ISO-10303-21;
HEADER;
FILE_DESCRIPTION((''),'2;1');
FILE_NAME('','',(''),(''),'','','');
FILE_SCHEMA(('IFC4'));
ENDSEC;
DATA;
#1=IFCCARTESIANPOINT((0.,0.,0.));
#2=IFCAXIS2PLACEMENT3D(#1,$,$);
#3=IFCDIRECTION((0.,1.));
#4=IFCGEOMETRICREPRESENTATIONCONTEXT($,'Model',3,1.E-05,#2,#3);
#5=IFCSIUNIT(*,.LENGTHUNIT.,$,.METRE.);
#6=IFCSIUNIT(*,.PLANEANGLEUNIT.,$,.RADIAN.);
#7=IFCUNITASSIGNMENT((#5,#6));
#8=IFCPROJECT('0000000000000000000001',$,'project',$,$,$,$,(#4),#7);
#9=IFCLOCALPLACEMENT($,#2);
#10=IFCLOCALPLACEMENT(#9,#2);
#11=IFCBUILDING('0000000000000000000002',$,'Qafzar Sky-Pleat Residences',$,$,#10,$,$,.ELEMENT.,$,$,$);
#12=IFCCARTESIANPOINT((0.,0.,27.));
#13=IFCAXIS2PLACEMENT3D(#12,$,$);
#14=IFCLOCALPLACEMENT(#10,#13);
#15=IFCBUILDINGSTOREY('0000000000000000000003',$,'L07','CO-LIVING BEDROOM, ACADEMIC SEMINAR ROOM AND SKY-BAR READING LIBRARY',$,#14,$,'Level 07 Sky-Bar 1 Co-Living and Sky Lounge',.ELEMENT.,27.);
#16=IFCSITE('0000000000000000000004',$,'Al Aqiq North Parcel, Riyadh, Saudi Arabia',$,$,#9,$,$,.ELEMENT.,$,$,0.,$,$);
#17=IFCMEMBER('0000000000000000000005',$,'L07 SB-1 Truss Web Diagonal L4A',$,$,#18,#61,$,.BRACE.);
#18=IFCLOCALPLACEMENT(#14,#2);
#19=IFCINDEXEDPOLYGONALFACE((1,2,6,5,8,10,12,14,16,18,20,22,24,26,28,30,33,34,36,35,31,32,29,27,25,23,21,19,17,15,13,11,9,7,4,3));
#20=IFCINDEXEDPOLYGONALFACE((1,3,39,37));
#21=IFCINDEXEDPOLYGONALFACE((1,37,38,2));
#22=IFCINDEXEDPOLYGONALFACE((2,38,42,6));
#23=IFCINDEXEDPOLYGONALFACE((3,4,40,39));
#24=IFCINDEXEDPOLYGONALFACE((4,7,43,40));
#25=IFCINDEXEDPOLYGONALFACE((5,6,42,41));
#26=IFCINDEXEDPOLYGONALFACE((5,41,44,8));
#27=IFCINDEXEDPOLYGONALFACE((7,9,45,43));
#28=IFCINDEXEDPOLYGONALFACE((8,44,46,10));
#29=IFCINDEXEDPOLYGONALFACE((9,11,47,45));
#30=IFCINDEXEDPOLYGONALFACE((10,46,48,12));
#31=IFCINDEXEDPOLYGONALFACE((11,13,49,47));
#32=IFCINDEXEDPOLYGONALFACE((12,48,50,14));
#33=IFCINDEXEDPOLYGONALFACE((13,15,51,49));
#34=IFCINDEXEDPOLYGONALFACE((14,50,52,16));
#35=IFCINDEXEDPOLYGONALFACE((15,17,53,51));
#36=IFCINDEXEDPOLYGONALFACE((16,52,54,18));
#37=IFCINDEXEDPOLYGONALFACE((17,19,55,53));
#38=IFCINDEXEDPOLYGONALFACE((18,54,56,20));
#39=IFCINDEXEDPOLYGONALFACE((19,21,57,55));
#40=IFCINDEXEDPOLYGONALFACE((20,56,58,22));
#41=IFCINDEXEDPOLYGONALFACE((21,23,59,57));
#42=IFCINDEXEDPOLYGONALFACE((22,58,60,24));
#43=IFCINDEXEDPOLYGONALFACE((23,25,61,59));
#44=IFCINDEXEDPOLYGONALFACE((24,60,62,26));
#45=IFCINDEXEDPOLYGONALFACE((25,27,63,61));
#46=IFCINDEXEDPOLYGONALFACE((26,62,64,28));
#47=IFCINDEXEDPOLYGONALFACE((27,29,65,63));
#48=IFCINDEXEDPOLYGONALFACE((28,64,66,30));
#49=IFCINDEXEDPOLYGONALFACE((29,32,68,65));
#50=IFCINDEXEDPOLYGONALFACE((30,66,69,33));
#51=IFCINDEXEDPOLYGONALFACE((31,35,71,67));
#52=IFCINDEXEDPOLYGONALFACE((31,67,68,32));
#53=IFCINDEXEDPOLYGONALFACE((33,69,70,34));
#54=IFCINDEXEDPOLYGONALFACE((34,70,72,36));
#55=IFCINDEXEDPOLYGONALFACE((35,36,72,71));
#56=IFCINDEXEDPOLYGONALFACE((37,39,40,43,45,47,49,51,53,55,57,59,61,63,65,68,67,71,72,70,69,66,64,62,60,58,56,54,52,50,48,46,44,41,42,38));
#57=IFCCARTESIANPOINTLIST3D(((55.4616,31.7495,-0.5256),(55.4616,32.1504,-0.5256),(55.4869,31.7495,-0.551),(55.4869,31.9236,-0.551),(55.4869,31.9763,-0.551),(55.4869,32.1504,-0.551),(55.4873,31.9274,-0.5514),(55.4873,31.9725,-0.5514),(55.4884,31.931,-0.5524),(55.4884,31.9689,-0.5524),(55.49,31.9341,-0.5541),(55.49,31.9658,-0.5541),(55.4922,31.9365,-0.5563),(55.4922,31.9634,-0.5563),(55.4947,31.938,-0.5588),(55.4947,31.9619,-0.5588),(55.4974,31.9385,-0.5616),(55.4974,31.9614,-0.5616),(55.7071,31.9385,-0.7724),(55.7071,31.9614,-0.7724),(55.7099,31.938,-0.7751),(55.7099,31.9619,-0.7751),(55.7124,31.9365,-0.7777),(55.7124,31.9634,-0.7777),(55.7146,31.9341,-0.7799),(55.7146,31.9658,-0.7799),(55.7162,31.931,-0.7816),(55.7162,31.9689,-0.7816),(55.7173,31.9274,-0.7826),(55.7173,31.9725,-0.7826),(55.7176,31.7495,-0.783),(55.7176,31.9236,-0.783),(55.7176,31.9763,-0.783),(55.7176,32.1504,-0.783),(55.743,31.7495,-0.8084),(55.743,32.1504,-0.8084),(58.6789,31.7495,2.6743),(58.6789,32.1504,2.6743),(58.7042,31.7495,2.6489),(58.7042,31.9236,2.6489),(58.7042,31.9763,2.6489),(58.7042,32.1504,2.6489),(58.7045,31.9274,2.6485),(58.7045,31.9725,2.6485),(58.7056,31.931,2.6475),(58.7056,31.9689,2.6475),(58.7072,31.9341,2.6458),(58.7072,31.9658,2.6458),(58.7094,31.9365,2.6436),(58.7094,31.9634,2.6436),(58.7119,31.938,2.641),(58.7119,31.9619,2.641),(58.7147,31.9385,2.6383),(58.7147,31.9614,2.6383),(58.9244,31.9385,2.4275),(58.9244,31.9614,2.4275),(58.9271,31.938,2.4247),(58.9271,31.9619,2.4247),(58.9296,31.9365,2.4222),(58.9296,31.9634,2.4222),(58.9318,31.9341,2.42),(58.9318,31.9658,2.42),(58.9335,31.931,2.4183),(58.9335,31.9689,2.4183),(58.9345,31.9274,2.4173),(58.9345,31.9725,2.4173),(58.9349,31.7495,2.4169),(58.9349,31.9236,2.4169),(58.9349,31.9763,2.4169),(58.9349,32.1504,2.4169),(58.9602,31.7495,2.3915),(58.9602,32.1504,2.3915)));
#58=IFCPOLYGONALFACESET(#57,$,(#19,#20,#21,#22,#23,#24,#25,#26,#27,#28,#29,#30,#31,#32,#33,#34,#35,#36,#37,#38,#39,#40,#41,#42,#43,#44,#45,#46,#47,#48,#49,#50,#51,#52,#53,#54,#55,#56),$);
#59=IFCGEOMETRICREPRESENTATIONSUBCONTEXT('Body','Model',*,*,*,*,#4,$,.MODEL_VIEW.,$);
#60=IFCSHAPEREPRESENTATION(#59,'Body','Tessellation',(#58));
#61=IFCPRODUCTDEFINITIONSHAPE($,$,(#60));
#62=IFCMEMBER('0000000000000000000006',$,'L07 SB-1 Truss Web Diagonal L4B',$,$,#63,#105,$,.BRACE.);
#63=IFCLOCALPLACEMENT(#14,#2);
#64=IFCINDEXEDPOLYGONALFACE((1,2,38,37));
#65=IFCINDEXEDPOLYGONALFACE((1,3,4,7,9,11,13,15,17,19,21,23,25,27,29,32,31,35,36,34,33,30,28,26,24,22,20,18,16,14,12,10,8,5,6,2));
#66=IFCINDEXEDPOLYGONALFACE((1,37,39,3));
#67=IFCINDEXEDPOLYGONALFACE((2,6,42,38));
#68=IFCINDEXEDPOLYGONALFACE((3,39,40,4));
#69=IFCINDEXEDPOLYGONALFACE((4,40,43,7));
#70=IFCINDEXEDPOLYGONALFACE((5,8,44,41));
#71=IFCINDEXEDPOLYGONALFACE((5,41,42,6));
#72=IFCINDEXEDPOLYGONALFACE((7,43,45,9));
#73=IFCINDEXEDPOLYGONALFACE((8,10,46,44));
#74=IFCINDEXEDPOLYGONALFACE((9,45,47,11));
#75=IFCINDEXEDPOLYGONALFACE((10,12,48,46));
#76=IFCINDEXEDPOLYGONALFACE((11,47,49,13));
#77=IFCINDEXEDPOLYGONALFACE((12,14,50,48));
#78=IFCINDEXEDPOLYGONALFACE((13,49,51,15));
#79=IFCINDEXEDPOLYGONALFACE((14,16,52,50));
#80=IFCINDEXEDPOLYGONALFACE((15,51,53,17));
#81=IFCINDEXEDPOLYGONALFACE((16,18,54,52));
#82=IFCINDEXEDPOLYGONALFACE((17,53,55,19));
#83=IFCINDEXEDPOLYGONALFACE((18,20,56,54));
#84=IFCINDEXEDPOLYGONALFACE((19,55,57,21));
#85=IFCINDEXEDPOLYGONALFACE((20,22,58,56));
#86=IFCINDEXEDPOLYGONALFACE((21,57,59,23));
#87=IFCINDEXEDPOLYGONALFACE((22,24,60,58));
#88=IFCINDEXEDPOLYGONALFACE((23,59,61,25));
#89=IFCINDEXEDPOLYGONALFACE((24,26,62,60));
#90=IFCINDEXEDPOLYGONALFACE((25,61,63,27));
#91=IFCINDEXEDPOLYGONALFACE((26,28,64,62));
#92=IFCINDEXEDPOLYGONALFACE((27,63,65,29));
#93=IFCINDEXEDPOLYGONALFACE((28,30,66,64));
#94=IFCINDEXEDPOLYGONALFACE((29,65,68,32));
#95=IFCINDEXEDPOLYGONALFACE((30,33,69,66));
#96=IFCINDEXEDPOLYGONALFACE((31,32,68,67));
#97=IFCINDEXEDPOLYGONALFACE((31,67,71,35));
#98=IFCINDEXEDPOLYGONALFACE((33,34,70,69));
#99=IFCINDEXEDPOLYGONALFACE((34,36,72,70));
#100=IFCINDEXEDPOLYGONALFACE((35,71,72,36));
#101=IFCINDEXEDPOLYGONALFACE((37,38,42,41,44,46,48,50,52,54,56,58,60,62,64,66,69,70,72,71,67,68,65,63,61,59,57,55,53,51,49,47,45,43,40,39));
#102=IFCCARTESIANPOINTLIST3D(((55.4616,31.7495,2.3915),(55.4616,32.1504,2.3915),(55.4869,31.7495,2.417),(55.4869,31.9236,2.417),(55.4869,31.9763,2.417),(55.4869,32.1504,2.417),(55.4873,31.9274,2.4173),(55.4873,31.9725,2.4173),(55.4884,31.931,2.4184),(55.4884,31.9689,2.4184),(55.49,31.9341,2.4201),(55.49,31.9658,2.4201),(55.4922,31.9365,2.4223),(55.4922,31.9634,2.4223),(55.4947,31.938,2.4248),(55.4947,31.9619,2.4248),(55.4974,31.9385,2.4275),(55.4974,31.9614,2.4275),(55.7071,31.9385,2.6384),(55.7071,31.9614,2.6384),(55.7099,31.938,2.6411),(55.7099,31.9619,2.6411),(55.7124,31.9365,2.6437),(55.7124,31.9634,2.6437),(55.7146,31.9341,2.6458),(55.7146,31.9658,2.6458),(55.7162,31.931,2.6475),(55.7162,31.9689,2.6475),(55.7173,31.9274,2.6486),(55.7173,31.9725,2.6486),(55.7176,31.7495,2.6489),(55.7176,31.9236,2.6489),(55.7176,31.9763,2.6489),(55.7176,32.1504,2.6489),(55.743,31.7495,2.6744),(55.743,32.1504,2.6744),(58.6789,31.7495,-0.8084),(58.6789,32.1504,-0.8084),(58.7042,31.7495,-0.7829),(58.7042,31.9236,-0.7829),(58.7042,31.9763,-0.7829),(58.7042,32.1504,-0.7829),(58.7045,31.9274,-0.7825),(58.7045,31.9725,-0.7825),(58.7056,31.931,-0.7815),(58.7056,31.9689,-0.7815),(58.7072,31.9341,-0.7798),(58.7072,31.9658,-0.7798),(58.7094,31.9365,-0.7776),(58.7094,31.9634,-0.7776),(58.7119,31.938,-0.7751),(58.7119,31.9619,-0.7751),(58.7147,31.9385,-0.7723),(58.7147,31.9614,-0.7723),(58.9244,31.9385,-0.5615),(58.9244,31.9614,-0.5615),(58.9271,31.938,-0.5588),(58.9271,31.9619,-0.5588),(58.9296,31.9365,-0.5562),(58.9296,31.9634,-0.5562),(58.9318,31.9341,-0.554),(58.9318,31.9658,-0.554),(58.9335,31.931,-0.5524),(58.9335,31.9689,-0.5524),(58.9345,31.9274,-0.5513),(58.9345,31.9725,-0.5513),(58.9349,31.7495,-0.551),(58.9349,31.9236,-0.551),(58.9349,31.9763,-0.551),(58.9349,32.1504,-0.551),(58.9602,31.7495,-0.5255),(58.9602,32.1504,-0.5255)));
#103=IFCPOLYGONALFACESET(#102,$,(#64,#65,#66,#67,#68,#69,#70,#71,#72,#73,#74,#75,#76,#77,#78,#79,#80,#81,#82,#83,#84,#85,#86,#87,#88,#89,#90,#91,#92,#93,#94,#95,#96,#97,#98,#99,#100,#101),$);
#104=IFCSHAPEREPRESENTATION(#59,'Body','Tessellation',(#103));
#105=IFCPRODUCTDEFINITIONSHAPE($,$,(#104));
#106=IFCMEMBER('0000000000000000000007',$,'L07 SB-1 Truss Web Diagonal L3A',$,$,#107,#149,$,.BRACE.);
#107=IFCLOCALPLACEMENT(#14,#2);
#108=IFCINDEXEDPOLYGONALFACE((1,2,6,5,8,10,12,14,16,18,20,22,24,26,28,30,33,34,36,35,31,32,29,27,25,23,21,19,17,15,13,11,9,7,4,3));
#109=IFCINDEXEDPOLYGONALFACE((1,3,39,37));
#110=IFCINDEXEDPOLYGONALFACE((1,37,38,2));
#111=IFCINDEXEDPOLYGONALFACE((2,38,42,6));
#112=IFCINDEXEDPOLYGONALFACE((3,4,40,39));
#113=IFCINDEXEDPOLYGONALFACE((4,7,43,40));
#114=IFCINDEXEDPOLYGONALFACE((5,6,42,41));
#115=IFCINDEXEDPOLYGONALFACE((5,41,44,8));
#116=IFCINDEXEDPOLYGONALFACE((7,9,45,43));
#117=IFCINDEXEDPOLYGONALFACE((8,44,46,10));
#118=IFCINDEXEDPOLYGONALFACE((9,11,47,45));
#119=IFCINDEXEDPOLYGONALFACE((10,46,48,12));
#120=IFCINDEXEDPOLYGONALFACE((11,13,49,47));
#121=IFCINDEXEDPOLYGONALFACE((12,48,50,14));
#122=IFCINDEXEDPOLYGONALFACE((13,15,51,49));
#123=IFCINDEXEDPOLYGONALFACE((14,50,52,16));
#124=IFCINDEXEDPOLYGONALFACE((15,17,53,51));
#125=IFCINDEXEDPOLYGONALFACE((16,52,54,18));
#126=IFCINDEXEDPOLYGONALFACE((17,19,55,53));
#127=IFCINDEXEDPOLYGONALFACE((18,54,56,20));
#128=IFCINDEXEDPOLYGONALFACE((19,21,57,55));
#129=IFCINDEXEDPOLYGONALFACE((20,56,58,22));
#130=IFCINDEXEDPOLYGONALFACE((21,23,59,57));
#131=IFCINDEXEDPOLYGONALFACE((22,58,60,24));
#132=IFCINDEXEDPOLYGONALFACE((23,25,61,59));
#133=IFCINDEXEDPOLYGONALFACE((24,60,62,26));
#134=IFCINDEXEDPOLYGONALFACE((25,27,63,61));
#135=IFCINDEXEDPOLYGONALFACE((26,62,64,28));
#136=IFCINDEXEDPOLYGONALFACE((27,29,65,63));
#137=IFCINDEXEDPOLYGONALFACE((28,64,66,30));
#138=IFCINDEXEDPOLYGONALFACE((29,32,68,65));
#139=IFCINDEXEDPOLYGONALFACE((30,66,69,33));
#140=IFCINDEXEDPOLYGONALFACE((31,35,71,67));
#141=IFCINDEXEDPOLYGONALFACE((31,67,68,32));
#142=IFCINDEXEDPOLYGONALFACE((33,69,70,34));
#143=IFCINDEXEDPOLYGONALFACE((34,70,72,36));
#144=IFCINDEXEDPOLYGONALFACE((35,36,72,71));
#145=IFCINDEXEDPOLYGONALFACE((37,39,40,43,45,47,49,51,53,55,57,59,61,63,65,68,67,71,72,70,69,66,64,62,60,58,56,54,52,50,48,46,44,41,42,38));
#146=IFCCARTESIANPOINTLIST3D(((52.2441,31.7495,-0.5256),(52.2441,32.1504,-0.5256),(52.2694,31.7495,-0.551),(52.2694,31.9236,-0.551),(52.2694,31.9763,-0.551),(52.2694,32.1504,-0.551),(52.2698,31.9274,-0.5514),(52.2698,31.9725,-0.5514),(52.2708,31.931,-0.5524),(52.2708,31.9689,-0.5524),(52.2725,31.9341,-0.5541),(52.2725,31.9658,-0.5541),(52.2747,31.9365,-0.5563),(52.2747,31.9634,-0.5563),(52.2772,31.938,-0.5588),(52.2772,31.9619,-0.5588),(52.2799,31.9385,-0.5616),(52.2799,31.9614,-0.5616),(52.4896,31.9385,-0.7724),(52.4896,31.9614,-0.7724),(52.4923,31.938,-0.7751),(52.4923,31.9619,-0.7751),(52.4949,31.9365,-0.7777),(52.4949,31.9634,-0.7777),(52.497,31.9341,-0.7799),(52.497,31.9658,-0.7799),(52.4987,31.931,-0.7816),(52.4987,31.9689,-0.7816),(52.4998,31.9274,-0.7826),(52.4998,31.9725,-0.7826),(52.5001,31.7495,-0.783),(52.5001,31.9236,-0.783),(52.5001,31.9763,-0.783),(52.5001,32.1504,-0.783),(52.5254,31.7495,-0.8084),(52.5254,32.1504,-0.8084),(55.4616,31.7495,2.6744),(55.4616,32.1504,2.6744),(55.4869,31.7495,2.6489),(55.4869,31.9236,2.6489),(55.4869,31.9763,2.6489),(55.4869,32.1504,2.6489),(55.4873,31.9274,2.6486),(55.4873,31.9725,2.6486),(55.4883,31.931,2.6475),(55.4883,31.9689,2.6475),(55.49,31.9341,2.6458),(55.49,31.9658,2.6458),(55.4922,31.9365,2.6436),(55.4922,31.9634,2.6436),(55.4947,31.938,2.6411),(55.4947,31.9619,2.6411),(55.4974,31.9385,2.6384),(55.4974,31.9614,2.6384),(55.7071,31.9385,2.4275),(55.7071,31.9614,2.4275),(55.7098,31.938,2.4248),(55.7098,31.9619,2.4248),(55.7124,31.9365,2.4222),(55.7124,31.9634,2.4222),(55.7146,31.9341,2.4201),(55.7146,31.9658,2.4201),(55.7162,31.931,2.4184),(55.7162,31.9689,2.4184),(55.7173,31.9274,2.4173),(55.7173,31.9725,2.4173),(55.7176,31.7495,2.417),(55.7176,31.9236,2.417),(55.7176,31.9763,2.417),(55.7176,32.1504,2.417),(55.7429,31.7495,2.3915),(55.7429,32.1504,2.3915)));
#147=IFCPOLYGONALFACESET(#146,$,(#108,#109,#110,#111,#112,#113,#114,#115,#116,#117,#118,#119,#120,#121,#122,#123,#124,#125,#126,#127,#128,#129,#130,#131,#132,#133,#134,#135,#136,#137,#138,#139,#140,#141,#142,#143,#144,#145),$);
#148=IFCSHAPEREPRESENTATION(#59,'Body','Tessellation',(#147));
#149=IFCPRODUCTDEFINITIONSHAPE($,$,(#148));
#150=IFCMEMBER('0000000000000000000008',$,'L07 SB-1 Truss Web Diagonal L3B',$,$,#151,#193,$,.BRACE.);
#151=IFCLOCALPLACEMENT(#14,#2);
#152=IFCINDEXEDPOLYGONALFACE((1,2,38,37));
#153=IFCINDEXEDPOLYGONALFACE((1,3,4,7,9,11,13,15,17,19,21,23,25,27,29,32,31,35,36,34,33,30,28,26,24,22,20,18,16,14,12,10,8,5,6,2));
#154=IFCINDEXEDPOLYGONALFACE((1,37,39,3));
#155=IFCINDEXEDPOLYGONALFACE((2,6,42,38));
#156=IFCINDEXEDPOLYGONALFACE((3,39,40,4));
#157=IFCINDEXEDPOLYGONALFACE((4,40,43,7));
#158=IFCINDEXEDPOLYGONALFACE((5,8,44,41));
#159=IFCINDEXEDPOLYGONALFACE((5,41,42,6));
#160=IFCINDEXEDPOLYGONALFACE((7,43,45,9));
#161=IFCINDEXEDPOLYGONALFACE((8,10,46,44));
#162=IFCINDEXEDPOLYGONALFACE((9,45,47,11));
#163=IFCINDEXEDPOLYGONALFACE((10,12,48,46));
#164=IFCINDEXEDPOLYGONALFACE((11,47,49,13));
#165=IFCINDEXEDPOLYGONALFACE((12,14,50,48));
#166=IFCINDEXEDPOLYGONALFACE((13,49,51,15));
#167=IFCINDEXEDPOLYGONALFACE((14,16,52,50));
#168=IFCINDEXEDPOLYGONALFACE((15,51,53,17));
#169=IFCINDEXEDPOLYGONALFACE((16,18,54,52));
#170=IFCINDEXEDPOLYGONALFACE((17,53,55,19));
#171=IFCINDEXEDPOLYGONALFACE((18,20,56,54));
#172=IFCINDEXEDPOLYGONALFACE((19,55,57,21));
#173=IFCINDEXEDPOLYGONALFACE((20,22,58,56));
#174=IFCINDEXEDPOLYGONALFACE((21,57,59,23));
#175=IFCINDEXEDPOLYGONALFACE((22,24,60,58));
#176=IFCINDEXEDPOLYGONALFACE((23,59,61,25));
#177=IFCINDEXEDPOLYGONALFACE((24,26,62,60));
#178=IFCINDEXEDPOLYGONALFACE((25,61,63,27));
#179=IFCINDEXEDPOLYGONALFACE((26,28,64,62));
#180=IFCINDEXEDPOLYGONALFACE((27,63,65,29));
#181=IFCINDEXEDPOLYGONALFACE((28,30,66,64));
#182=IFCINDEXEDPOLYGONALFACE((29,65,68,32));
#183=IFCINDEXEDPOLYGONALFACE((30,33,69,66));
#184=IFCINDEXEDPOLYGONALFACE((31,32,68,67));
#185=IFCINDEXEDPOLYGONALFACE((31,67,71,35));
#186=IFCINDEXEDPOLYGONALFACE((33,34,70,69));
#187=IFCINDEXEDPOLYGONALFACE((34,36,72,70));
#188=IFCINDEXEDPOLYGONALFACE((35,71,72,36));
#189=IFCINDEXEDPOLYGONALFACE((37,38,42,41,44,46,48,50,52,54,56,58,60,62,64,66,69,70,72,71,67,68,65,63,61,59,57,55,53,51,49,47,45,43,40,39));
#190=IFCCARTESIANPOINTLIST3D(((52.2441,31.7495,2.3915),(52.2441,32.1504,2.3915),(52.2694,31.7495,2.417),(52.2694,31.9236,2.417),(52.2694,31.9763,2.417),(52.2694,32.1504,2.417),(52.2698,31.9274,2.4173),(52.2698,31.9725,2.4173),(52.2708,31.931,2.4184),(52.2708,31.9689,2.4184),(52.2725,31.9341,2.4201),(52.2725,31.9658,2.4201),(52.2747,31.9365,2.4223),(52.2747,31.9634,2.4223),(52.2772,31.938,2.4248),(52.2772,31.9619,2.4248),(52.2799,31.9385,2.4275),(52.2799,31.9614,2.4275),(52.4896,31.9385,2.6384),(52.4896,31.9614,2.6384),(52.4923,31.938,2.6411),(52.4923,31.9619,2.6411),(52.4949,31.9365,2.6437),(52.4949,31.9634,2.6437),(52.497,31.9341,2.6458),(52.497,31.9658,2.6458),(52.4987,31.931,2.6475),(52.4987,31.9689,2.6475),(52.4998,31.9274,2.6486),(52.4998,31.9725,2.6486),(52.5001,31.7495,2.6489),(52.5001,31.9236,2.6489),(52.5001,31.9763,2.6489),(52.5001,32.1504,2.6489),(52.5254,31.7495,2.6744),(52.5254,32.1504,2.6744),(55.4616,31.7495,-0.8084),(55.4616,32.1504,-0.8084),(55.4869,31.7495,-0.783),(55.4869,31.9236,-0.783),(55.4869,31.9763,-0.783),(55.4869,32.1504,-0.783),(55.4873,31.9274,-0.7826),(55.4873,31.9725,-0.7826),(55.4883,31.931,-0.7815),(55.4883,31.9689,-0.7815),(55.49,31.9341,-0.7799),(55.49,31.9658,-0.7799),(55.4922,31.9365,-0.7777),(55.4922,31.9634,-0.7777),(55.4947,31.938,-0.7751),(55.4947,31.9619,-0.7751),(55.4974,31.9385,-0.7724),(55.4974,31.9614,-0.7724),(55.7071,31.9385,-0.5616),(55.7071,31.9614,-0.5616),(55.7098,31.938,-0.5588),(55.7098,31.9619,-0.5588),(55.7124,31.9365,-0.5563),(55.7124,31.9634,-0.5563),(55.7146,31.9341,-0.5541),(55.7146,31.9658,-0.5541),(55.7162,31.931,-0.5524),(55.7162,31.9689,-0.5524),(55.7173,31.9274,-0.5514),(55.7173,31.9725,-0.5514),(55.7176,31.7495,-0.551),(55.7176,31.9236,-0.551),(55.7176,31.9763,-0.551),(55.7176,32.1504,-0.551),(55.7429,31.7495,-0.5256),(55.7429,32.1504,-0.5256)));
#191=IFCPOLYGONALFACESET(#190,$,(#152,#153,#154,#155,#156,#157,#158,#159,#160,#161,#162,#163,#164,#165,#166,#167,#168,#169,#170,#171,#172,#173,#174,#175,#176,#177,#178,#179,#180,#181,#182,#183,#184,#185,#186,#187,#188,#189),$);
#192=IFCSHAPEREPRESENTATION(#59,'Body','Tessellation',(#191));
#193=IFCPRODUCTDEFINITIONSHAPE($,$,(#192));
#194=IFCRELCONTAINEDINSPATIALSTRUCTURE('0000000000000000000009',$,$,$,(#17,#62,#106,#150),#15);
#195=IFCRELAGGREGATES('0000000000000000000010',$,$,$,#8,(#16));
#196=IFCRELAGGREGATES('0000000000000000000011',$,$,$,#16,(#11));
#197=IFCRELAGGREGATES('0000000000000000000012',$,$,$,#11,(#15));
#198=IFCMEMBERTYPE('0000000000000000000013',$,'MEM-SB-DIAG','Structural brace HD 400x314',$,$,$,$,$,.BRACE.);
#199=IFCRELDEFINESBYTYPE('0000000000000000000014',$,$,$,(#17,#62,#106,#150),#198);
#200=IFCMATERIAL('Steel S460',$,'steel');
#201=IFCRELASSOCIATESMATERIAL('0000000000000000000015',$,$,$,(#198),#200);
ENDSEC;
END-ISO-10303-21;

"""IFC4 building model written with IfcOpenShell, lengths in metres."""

from ifc_helpers import new_model, si_unit, direction, frame, origin, origin_2d, place, context, subcontext, project, spatial, i_section, extrude, source, transform, mapped, material, material_profile, profile_set, type_object, element, save


model = new_model("IFC4")

# Units and contexts
model_context = context("Model", 3, precision=1e-05, world=origin(), true_north=direction((0.0, 1.0)))
body_context = subcontext(model_context, "Body", "Model", "MODEL_VIEW")
ifc_project = project(units=[si_unit("LENGTHUNIT", "METRE"), si_unit("PLANEANGLEUNIT", "RADIAN")], contexts=[model_context])

# Site, building, storey
site_placement = place(None, origin())
site = spatial("IfcSite", under=ifc_project, at=site_placement, Name="Al Aqiq North Parcel, Riyadh, Saudi Arabia", CompositionType="ELEMENT", RefElevation=0.0)
building_placement = place(site_placement, origin())
building = spatial("IfcBuilding", under=site, at=building_placement, Name="Qafzar Sky-Pleat Residences", CompositionType="ELEMENT")
storey_placement = place(building_placement, frame((0.0, 0.0, 27.0)))
storey = spatial("IfcBuildingStorey", under=building, at=storey_placement, Name="L07", Description="CO-LIVING BEDROOM, ACADEMIC SEMINAR ROOM AND SKY-BAR READING LIBRARY", LongName="Level 07 Sky-Bar 1 Co-Living and Sky Lounge", CompositionType="ELEMENT", Elevation=27.0)

# Shared definitions
ifc_material_1 = material(Name="Steel S460", Category="steel")

# Members
ifc_material_profile_1 = material_profile(ifc_material_1, i_section(OverallWidth=0.4009, OverallDepth=0.3989, WebThickness=0.0229, FlangeThickness=0.0359, FilletRadius=0.0149, at=origin_2d()), Name="HD 400x314")
ifc_profile_set_1 = profile_set([ifc_material_profile_1], Name="Steel S460")
member_type_1 = type_object("IfcMemberType", Name="MEM-SB-DIAG", Description="Structural brace HD 400x314", PredefinedType="BRACE", material=ifc_profile_set_1)
shared_shape_1 = source(origin(), body_context, "Body", "SweptSolid", [
    extrude(i_section(OverallWidth=0.4009, OverallDepth=0.3989, WebThickness=0.0229, FlangeThickness=0.0359, FilletRadius=0.0149, at=origin_2d()), origin(), (0.0, 0.0, 1.0), 4.5376),
])
for number, where, z_axis, x_axis, name in (
    (1, (55.6023, 31.95, -0.667), (0.709014, 0.0, 0.705194), (0.0, 1.0, 0.0), "L07 SB-1 Truss Web Diagonal L4A"),
    (2, (55.6023, 31.95, 2.533), (0.709014, 0.0, -0.705194), (0.0, 1.0, 0.0), "L07 SB-1 Truss Web Diagonal L4B"),
):
    element("IfcMember", number, at=place(storey_placement, frame(where, z_axis=z_axis, x_axis=x_axis)), inside=storey, type_object=member_type_1, Name=name, PredefinedType="BRACE", context=body_context, shape_type="MappedRepresentation", body=[
        mapped(shared_shape_1, transform((0.0, 0.0, 0.0), x_axis=(1.0, 0.0, 0.0), y_axis=(0.0, 1.0, 0.0), z_axis=(0.0, 0.0, 1.0), scale=1.0)),
    ])
shared_shape_2 = source(origin(), body_context, "Body", "SweptSolid", [
    extrude(i_section(OverallWidth=0.4009, OverallDepth=0.3989, WebThickness=0.0229, FlangeThickness=0.0359, FilletRadius=0.0149, at=origin_2d()), origin(), (0.0, 0.0, 1.0), 4.5378),
])
for number, where, z_axis, x_axis, name in (
    (3, (52.3848, 31.95, -0.667), (0.709041, 0.0, 0.705167), (0.0, 1.0, 0.0), "L07 SB-1 Truss Web Diagonal L3A"),
    (4, (52.3848, 31.95, 2.533), (0.709041, 0.0, -0.705167), (0.0, 1.0, 0.0), "L07 SB-1 Truss Web Diagonal L3B"),
):
    element("IfcMember", number, at=place(storey_placement, frame(where, z_axis=z_axis, x_axis=x_axis)), inside=storey, type_object=member_type_1, Name=name, PredefinedType="BRACE", context=body_context, shape_type="MappedRepresentation", body=[
        mapped(shared_shape_2, transform((0.0, 0.0, 0.0), x_axis=(1.0, 0.0, 0.0), y_axis=(0.0, 1.0, 0.0), z_axis=(0.0, 0.0, 1.0), scale=1.0)),
    ])

save(model, "model.ifc")
